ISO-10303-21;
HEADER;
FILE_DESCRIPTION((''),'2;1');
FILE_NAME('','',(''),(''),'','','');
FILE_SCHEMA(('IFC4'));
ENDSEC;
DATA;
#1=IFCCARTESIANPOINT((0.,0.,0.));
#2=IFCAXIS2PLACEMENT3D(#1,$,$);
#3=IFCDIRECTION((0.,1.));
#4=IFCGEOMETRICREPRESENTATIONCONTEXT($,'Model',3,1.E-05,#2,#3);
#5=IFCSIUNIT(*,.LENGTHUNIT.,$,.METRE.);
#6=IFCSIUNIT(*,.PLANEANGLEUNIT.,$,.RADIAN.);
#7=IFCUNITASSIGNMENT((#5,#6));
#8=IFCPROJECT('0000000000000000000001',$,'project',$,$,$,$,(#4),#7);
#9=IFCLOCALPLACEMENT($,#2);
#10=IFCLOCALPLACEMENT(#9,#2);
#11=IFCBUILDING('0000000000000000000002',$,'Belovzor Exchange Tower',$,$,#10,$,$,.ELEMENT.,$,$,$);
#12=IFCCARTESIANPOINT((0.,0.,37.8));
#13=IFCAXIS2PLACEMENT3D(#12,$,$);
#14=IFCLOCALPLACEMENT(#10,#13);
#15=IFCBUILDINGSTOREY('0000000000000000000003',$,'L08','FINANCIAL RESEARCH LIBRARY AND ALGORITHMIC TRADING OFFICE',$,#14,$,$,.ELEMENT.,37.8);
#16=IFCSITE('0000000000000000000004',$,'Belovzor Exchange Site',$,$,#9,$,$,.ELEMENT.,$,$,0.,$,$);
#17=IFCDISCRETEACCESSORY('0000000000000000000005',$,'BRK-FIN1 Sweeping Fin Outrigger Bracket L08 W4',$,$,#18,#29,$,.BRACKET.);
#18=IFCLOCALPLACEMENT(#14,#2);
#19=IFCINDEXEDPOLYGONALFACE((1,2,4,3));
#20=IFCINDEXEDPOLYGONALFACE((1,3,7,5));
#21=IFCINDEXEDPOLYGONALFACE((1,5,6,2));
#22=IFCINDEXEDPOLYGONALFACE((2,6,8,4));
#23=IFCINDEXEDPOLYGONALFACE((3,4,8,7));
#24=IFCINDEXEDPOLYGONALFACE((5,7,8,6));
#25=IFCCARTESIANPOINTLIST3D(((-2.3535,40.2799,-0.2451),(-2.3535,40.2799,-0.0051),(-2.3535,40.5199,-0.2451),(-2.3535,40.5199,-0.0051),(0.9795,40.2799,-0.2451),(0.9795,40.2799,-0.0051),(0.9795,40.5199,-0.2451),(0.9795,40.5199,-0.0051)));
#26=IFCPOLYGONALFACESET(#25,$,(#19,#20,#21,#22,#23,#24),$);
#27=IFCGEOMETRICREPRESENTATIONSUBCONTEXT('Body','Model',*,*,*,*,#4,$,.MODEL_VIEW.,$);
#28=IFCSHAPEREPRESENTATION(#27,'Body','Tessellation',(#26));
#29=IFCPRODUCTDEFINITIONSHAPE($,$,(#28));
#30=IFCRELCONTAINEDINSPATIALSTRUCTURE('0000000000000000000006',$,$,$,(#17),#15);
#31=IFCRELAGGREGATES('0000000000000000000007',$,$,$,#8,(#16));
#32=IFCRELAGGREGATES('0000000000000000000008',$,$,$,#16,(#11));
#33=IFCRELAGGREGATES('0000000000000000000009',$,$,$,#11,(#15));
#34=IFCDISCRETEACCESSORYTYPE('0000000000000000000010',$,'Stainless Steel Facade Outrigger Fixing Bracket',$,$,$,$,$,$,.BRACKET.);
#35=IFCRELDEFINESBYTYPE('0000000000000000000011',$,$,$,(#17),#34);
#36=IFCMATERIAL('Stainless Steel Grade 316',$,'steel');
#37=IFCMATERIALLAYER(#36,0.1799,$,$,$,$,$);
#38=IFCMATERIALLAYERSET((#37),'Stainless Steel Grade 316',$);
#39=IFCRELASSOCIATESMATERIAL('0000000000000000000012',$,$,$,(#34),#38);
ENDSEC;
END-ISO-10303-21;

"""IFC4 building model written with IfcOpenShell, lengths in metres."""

from ifc_helpers import new_model, si_unit, direction, frame, origin, origin_2d, place, context, subcontext, project, spatial, rectangle, extrude, material, layer, layer_set, type_object, element, save


model = new_model("IFC4")

# Units and contexts
model_context = context("Model", 3, precision=1e-05, world=origin(), true_north=direction((0.0, 1.0)))
body_context = subcontext(model_context, "Body", "Model", "MODEL_VIEW")
ifc_project = project(units=[si_unit("LENGTHUNIT", "METRE"), si_unit("PLANEANGLEUNIT", "RADIAN")], contexts=[model_context])

# Site, building, storey
site_placement = place(None, origin())
site = spatial("IfcSite", under=ifc_project, at=site_placement, Name="Belovzor Exchange Site", CompositionType="ELEMENT", RefElevation=0.0)
building_placement = place(site_placement, origin())
building = spatial("IfcBuilding", under=site, at=building_placement, Name="Belovzor Exchange Tower", CompositionType="ELEMENT")
storey_placement = place(building_placement, frame((0.0, 0.0, 37.8)))
storey = spatial("IfcBuildingStorey", under=building, at=storey_placement, Name="L08", Description="FINANCIAL RESEARCH LIBRARY AND ALGORITHMIC TRADING OFFICE", CompositionType="ELEMENT", Elevation=37.8)

# Discrete accessory
ifc_material_1 = material(Name="Stainless Steel Grade 316", Category="steel")
ifc_layer_1 = layer(ifc_material_1, 0.1799)
ifc_layer_set_1 = layer_set([ifc_layer_1], Name="Stainless Steel Grade 316")
discrete_accessory_type = type_object("IfcDiscreteAccessoryType", Name="Stainless Steel Facade Outrigger Fixing Bracket", PredefinedType="BRACKET", material=ifc_layer_set_1)
for number, where, z_axis, x_axis, name in (
    (1, (-0.687, 40.3999, -0.2451), (0.0, 0.0, 1.0), (1.0, 0.0, 0.0), "BRK-FIN1 Sweeping Fin Outrigger Bracket L08 W4"),
):
    element("IfcDiscreteAccessory", number, at=place(storey_placement, frame(where, z_axis=z_axis, x_axis=x_axis)), inside=storey, type_object=discrete_accessory_type, Name=name, PredefinedType="BRACKET", context=body_context, shape_type="SweptSolid", body=[
        extrude(rectangle(XDim=3.333, YDim=0.24, at=origin_2d()), origin(), (0.0, 0.0, 1.0), 0.24),
    ])

save(model, "model.ifc")
